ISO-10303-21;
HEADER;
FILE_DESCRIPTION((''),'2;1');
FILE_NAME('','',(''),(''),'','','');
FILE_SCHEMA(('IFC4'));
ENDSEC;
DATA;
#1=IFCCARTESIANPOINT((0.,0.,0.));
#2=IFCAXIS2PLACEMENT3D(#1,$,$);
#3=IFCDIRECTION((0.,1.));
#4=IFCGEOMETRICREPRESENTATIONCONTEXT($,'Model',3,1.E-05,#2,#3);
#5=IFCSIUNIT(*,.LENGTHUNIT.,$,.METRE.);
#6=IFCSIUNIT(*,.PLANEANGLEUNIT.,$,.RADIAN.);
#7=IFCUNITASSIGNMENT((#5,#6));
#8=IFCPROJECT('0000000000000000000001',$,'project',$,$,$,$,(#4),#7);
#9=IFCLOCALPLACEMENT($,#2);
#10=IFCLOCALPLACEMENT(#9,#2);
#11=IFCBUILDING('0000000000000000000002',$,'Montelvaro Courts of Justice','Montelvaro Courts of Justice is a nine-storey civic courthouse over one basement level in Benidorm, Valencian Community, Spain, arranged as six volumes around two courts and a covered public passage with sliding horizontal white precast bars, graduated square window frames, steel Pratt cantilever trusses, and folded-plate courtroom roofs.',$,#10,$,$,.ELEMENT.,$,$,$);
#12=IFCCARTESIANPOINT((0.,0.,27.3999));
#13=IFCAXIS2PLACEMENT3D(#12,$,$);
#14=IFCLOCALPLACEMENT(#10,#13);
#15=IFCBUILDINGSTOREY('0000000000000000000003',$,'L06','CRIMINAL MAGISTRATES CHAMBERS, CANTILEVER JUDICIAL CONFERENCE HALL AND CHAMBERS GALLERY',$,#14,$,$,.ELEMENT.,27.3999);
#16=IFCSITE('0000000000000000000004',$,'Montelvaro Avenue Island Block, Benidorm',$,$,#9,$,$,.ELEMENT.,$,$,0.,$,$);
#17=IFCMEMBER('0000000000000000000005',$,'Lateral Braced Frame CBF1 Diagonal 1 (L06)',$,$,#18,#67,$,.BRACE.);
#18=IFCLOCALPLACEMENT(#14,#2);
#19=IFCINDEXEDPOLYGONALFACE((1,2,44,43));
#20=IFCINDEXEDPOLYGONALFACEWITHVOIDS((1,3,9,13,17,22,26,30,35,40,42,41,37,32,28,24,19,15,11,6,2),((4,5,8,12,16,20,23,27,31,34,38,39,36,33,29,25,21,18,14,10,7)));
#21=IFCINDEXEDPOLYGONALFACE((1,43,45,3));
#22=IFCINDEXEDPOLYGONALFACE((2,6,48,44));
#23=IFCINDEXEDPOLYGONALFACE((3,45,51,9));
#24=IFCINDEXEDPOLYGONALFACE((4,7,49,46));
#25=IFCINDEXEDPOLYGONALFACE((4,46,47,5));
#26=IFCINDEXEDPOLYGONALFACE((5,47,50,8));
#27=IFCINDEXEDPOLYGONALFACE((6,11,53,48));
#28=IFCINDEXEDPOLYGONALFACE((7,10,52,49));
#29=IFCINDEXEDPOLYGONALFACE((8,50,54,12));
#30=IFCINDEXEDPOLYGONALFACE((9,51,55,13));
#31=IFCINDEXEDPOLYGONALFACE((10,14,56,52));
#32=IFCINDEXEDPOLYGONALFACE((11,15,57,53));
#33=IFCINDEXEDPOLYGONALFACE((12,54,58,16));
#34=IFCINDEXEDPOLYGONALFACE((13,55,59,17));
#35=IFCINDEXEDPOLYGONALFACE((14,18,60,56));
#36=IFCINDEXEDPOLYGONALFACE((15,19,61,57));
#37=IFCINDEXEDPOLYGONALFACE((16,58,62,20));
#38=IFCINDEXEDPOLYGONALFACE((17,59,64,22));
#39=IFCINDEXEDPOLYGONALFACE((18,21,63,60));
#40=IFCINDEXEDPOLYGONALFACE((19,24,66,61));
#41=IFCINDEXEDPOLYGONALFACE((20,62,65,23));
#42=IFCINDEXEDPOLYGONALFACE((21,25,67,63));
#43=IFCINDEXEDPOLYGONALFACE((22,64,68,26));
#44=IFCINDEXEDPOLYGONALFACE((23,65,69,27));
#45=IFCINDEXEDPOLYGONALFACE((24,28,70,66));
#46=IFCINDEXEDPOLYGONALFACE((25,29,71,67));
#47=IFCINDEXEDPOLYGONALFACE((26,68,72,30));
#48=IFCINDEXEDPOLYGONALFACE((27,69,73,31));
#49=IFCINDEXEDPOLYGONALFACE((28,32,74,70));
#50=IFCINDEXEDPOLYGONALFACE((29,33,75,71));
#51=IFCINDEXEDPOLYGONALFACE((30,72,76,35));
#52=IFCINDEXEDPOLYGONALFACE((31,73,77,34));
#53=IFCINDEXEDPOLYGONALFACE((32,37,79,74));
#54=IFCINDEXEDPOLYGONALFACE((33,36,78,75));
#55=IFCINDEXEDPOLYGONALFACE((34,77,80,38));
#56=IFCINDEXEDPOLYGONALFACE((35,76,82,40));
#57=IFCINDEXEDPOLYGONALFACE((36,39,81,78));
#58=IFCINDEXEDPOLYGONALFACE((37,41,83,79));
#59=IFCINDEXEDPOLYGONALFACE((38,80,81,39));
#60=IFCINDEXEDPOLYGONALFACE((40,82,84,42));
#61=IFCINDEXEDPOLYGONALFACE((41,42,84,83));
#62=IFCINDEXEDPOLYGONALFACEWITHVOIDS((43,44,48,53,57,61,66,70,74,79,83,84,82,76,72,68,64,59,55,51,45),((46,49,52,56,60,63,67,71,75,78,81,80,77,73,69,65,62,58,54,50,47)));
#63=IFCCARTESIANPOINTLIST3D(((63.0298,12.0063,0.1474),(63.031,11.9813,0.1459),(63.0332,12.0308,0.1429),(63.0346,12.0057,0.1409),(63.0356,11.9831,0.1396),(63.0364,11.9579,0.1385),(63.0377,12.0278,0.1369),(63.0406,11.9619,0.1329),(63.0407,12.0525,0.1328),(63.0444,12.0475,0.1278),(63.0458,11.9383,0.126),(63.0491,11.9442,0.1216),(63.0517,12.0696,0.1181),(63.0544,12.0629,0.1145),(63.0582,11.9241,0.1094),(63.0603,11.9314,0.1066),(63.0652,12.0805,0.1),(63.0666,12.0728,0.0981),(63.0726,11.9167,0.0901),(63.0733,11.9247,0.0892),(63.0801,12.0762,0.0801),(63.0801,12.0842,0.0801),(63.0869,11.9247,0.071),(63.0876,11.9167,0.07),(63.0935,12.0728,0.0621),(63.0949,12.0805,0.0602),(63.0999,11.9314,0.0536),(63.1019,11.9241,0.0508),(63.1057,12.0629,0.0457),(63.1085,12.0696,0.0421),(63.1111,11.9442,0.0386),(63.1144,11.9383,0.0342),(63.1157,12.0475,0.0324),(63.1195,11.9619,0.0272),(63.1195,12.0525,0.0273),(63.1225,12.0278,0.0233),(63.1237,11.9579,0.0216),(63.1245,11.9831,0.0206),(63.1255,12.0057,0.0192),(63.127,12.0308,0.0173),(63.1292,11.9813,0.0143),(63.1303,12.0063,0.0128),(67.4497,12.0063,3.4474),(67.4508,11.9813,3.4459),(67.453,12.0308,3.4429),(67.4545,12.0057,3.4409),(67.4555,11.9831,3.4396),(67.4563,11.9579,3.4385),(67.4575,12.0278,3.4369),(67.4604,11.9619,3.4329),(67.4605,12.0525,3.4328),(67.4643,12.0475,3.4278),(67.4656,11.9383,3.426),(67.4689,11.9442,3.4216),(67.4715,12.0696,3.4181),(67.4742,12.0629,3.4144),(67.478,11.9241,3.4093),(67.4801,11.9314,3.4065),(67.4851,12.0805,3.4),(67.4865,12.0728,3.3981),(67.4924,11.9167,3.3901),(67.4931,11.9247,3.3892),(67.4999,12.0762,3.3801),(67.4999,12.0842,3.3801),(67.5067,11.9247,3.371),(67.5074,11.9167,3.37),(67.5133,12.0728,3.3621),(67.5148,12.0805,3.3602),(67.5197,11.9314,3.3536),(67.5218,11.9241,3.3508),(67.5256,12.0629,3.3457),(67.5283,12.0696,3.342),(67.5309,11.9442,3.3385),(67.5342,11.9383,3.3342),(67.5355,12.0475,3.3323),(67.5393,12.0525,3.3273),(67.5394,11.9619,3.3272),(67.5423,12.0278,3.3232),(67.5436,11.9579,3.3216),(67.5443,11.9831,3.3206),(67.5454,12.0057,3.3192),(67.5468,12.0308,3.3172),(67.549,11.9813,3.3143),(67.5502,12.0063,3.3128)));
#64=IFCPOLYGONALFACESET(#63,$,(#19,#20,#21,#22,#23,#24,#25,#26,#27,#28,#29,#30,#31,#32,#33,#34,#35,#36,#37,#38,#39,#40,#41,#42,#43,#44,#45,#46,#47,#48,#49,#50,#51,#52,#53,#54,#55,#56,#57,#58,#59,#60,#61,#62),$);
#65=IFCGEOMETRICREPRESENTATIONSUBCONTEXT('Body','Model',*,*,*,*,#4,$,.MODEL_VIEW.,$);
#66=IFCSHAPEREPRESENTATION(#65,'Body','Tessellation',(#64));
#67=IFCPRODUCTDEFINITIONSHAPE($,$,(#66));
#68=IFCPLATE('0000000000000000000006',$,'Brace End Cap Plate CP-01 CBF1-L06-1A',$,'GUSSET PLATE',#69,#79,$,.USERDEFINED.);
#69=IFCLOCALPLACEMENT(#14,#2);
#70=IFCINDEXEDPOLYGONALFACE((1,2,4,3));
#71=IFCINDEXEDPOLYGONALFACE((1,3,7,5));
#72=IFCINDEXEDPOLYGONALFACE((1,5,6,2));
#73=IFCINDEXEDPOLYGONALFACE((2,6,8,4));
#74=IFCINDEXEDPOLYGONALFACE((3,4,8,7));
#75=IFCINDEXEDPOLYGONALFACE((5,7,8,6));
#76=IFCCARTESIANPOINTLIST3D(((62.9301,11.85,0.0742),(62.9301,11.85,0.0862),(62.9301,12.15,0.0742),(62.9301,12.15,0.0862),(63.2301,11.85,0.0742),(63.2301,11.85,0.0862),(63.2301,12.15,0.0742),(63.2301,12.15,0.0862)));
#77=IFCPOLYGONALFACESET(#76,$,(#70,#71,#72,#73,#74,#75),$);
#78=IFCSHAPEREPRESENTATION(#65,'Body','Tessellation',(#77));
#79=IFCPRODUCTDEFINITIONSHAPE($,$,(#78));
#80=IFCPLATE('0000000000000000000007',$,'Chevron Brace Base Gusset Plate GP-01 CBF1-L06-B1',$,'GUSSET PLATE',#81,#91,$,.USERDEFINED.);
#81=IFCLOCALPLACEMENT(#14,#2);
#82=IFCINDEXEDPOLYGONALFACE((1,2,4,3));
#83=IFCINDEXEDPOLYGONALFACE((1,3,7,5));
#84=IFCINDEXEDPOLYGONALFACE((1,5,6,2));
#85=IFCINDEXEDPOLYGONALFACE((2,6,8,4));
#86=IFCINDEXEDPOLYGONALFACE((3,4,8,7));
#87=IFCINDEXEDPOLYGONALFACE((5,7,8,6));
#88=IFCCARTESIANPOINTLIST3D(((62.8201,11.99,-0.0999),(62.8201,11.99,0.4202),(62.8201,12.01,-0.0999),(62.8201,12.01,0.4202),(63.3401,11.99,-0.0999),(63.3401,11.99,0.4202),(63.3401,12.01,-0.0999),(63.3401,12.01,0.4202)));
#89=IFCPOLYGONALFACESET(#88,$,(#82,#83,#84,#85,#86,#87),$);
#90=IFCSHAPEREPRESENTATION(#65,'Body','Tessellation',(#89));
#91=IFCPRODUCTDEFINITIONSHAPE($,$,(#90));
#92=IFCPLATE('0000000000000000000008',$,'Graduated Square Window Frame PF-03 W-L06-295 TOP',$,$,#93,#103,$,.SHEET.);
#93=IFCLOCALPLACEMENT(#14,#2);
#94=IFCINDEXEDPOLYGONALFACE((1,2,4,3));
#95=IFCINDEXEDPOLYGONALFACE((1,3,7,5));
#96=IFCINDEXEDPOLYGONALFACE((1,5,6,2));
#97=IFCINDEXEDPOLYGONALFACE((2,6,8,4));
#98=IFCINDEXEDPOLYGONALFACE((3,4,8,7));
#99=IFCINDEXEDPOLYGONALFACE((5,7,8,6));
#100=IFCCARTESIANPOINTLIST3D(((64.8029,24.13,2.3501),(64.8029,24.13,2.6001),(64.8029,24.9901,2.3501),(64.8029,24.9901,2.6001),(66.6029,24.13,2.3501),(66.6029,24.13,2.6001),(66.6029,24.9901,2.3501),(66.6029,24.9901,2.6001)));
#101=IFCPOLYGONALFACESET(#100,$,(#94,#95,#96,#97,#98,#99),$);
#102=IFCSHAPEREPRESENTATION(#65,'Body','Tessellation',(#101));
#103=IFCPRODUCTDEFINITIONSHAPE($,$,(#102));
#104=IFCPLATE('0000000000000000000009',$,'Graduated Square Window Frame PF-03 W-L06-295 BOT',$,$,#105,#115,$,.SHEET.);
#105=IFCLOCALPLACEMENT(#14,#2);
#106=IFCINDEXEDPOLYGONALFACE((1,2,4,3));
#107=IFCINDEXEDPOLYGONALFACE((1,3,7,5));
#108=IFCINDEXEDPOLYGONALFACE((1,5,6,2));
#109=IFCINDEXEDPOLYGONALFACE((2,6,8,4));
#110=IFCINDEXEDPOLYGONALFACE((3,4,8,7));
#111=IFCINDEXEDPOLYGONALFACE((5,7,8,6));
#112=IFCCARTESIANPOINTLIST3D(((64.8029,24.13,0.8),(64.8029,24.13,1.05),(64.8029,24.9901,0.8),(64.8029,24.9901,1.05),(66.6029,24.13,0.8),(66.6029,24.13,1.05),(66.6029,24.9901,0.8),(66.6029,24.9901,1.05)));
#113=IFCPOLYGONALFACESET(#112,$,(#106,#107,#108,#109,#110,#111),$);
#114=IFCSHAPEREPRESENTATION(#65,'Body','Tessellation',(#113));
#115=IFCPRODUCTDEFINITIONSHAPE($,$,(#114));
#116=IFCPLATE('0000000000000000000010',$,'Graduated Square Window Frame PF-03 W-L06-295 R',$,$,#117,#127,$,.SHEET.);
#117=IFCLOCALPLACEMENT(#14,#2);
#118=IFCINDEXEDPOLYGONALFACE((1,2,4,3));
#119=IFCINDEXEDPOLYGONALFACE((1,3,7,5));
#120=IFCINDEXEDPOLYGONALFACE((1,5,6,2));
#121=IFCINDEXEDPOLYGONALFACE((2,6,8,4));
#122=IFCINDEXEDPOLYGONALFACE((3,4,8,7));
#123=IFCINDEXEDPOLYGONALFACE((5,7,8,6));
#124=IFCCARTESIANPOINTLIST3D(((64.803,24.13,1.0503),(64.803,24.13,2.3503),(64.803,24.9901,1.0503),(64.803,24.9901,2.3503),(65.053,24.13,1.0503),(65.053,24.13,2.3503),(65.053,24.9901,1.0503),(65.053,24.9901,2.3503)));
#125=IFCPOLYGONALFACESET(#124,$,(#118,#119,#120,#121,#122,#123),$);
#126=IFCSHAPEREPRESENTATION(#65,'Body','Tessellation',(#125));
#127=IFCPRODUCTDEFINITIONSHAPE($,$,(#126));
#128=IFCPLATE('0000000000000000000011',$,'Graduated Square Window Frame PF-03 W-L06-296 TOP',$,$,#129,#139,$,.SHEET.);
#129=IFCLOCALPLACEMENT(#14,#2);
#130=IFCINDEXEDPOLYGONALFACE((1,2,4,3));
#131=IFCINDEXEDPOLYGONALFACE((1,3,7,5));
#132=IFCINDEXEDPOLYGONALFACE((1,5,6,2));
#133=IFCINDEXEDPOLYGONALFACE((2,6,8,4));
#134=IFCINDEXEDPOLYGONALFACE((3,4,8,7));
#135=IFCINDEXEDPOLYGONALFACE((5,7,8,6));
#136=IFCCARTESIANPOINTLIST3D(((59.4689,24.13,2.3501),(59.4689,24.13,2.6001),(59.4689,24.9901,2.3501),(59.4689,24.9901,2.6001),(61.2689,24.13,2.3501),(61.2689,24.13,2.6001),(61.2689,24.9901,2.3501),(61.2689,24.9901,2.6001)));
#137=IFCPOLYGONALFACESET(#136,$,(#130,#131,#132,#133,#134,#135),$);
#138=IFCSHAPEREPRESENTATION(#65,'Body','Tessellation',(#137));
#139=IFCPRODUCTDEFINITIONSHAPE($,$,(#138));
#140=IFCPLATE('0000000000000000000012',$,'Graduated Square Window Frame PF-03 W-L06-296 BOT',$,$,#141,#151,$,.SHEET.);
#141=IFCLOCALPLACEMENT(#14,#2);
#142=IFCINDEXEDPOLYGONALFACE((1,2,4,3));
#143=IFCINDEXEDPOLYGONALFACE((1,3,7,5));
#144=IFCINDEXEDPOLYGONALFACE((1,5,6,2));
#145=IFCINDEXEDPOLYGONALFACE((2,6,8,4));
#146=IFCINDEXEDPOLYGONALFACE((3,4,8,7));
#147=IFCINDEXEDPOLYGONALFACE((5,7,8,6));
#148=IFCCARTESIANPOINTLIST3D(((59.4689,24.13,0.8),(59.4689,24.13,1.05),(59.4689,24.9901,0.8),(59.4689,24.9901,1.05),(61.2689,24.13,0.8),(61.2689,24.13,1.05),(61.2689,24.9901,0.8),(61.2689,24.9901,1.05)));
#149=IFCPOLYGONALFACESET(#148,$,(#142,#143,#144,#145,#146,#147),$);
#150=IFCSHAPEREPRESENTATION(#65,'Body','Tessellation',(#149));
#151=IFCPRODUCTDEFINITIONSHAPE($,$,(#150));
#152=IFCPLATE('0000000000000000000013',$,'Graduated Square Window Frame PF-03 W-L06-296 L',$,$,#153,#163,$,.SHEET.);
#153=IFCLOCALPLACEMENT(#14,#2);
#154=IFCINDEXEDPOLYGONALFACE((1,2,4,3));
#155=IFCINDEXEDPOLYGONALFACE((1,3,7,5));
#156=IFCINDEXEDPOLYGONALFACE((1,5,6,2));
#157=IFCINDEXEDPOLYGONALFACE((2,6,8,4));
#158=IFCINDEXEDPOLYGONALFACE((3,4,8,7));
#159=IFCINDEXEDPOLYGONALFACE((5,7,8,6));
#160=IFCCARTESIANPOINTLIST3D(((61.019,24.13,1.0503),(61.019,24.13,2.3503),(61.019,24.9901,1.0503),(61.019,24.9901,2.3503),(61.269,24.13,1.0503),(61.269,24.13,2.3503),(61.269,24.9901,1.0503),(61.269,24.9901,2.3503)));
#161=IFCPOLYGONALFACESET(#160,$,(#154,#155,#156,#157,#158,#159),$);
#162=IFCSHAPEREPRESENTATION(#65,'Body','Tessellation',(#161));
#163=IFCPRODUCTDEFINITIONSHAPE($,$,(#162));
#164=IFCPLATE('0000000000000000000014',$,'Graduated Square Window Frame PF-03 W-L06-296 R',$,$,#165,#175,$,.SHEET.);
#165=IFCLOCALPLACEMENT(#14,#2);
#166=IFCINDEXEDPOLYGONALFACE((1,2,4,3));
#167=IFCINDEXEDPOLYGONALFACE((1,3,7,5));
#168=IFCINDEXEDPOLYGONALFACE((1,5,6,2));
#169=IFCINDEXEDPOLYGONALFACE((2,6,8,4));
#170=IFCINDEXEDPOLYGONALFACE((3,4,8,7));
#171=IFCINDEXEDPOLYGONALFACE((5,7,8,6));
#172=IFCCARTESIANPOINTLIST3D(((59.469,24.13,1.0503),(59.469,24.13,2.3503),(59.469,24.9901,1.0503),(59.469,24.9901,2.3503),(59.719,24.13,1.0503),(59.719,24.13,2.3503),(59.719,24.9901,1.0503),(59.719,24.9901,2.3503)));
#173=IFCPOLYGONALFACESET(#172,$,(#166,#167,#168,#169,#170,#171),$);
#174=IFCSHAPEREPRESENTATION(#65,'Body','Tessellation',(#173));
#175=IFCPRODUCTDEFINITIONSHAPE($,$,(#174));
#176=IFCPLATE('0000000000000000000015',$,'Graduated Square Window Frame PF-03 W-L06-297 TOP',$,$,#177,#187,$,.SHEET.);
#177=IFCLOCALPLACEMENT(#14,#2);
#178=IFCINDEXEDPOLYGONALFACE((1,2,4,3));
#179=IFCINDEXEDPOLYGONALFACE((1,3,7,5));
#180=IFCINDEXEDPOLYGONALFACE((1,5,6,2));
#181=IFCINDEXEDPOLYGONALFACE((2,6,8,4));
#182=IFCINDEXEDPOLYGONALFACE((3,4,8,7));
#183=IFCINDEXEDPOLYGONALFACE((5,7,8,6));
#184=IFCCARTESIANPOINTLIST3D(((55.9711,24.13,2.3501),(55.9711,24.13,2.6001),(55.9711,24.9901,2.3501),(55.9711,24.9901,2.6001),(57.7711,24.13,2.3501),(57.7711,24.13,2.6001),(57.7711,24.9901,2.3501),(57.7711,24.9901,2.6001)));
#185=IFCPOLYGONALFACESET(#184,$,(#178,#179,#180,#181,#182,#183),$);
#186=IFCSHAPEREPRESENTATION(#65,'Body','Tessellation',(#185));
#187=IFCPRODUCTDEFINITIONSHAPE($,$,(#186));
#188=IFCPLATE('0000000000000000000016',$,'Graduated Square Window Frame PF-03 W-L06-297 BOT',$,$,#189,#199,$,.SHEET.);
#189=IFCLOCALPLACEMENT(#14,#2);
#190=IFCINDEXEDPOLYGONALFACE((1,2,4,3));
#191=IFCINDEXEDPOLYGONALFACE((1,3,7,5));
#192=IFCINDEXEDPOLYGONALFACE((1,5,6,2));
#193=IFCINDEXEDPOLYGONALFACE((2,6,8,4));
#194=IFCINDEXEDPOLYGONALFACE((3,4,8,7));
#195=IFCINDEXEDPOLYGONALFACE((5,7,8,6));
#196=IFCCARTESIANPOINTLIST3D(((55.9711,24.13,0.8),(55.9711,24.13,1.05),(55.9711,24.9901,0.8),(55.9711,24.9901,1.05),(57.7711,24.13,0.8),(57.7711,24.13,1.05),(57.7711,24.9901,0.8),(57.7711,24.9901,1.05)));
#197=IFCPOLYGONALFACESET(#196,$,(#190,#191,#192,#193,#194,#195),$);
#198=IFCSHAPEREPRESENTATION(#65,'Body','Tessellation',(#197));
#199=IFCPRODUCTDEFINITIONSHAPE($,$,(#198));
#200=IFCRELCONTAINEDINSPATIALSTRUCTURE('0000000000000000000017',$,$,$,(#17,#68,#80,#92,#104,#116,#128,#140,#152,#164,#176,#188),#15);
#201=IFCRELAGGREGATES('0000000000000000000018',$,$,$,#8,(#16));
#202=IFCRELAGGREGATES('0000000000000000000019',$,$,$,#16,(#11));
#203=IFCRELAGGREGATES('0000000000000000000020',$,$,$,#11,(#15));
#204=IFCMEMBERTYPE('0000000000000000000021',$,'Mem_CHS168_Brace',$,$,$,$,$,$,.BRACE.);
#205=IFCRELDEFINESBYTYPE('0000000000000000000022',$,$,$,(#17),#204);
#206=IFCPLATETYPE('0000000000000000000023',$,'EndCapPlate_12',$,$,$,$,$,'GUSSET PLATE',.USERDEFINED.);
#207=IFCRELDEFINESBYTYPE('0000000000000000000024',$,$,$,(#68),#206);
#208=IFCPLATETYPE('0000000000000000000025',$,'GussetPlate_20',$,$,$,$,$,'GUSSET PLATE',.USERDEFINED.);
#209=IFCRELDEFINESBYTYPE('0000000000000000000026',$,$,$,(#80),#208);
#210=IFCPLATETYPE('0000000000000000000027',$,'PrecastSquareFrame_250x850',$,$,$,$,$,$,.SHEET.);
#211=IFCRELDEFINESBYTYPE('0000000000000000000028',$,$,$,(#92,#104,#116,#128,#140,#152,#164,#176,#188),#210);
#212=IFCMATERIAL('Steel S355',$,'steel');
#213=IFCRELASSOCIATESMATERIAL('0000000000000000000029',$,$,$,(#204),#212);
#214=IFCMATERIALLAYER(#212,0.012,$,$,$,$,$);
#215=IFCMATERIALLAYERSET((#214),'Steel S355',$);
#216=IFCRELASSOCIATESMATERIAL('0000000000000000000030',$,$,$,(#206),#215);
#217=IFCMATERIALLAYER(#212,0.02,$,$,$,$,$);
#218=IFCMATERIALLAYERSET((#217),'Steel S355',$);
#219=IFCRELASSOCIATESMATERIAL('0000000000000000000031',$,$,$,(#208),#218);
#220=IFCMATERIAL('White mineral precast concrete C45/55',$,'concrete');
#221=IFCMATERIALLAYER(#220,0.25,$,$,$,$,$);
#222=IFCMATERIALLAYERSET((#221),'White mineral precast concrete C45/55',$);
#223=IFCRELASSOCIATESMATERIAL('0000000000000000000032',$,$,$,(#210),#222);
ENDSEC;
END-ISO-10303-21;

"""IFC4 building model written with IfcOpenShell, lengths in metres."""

from ifc_helpers import new_model, si_unit, direction, frame, origin, origin_2d, place, context, subcontext, project, spatial, rectangle, hollow_circle, extrude, material, layer, layer_set, material_profile, profile_set, type_object, element, save


model = new_model("IFC4")

# Units and contexts
model_context = context("Model", 3, precision=1e-05, world=origin(), true_north=direction((0.0, 1.0)))
body_context = subcontext(model_context, "Body", "Model", "MODEL_VIEW")
ifc_project = project(units=[si_unit("LENGTHUNIT", "METRE"), si_unit("PLANEANGLEUNIT", "RADIAN")], contexts=[model_context])

# Site, building, storey
site_placement = place(None, origin())
site = spatial("IfcSite", under=ifc_project, at=site_placement, Name="Montelvaro Avenue Island Block, Benidorm", CompositionType="ELEMENT", RefElevation=0.0)
building_placement = place(site_placement, origin())
building = spatial("IfcBuilding", under=site, at=building_placement, Name="Montelvaro Courts of Justice", Description="Montelvaro Courts of Justice is a nine-storey civic courthouse over one basement level in Benidorm, Valencian Community, Spain, arranged as six volumes around two courts and a covered public passage with sliding horizontal white precast bars, graduated square window frames, steel Pratt cantilever trusses, and folded-plate courtroom roofs.", CompositionType="ELEMENT")
storey_placement = place(building_placement, frame((0.0, 0.0, 27.3999)))
storey = spatial("IfcBuildingStorey", under=building, at=storey_placement, Name="L06", Description="CRIMINAL MAGISTRATES CHAMBERS, CANTILEVER JUDICIAL CONFERENCE HALL AND CHAMBERS GALLERY", CompositionType="ELEMENT", Elevation=27.3999)

# Shared definitions
ifc_material_1 = material(Name="Steel S355", Category="steel")

# Member
ifc_material_profile_1 = material_profile(ifc_material_1, hollow_circle(Radius=0.0842, WallThickness=0.0081, at=origin_2d()), Name="CHS 168.3x8")
ifc_profile_set_1 = profile_set([ifc_material_profile_1], Name="Steel S355")
member_type = type_object("IfcMemberType", Name="Mem_CHS168_Brace", PredefinedType="BRACE", material=ifc_profile_set_1)
member_placement = place(storey_placement, frame((63.0801, 12.0, 0.0801), z_axis=(0.801294, 0.0, 0.598271), x_axis=(0.0, 1.0, 0.0)))
element("IfcMember", 1, at=member_placement, inside=storey, type_object=member_type, Name="Lateral Braced Frame CBF1 Diagonal 1 (L06)", PredefinedType="BRACE", context=body_context, shape_type="SweptSolid", body=[
    extrude(hollow_circle(Radius=0.0842, WallThickness=0.0081, at=origin_2d()), origin(), (0.0, 0.0, 1.0), 5.5159),
])

# Plates
ifc_layer_1 = layer(ifc_material_1, 0.012)
ifc_layer_set_1 = layer_set([ifc_layer_1], Name="Steel S355")
plate_type_1 = type_object("IfcPlateType", Name="EndCapPlate_12", ElementType="GUSSET PLATE", PredefinedType="USERDEFINED", material=ifc_layer_set_1)
plate_1_placement = place(storey_placement, frame((63.0801, 12.0, 0.0742), z_axis=(0.0, 0.0, 1.0), x_axis=(1.0, 0.0, 0.0)))
element("IfcPlate", 2, at=plate_1_placement, inside=storey, type_object=plate_type_1, Name="Brace End Cap Plate CP-01 CBF1-L06-1A", ObjectType="GUSSET PLATE", PredefinedType="USERDEFINED", context=body_context, shape_type="SweptSolid", body=[
    extrude(rectangle(XDim=0.3, YDim=0.3, at=origin_2d()), origin(), (0.0, 0.0, 1.0), 0.012),
])
ifc_layer_2 = layer(ifc_material_1, 0.02)
ifc_layer_set_2 = layer_set([ifc_layer_2], Name="Steel S355")
plate_type_2 = type_object("IfcPlateType", Name="GussetPlate_20", ElementType="GUSSET PLATE", PredefinedType="USERDEFINED", material=ifc_layer_set_2)
plate_2_placement = place(storey_placement, frame((63.0801, 12.0, -0.0999), z_axis=(0.0, 0.0, 1.0), x_axis=(1.0, 0.0, 0.0)))
element("IfcPlate", 3, at=plate_2_placement, inside=storey, type_object=plate_type_2, Name="Chevron Brace Base Gusset Plate GP-01 CBF1-L06-B1", ObjectType="GUSSET PLATE", PredefinedType="USERDEFINED", context=body_context, shape_type="SweptSolid", body=[
    extrude(rectangle(XDim=0.52, YDim=0.02, at=origin_2d()), origin(), (0.0, 0.0, 1.0), 0.52),
])
ifc_material_2 = material(Name="White mineral precast concrete C45/55", Category="concrete")
ifc_layer_3 = layer(ifc_material_2, 0.25)
ifc_layer_set_3 = layer_set([ifc_layer_3], Name="White mineral precast concrete C45/55")
plate_type_3 = type_object("IfcPlateType", Name="PrecastSquareFrame_250x850", PredefinedType="SHEET", material=ifc_layer_set_3)
for number, where, z_axis, x_axis, name in (
    (4, (65.7029, 24.5601, 2.3501), (0.0, 0.0, 1.0), (-1.0, 0.0, 0.0), "Graduated Square Window Frame PF-03 W-L06-295 TOP"),
    (5, (65.7029, 24.5601, 0.8), (0.0, 0.0, 1.0), (-1.0, 0.0, 0.0), "Graduated Square Window Frame PF-03 W-L06-295 BOT"),
):
    element("IfcPlate", number, at=place(storey_placement, frame(where, z_axis=z_axis, x_axis=x_axis)), inside=storey, type_object=plate_type_3, Name=name, PredefinedType="SHEET", context=body_context, shape_type="SweptSolid", body=[
        extrude(rectangle(XDim=1.8, YDim=0.8601, at=origin_2d()), origin(), (0.0, 0.0, 1.0), 0.25),
    ])
plate_3_placement = place(storey_placement, frame((64.928, 24.5601, 1.0503), z_axis=(0.0, 0.0, 1.0), x_axis=(-1.0, 0.0, 0.0)))
element("IfcPlate", 6, at=plate_3_placement, inside=storey, type_object=plate_type_3, Name="Graduated Square Window Frame PF-03 W-L06-295 R", PredefinedType="SHEET", context=body_context, shape_type="SweptSolid", body=[
    extrude(rectangle(XDim=0.25, YDim=0.8601, at=origin_2d()), origin(), (0.0, 0.0, 1.0), 1.3),
])
for number, where, z_axis, x_axis, name in (
    (7, (60.3689, 24.5601, 2.3501), (0.0, 0.0, 1.0), (-1.0, 0.0, 0.0), "Graduated Square Window Frame PF-03 W-L06-296 TOP"),
    (8, (60.3689, 24.5601, 0.8), (0.0, 0.0, 1.0), (-1.0, 0.0, 0.0), "Graduated Square Window Frame PF-03 W-L06-296 BOT"),
):
    element("IfcPlate", number, at=place(storey_placement, frame(where, z_axis=z_axis, x_axis=x_axis)), inside=storey, type_object=plate_type_3, Name=name, PredefinedType="SHEET", context=body_context, shape_type="SweptSolid", body=[
        extrude(rectangle(XDim=1.8, YDim=0.8601, at=origin_2d()), origin(), (0.0, 0.0, 1.0), 0.25),
    ])
for number, where, z_axis, x_axis, name in (
    (9, (61.144, 24.5601, 1.0503), (0.0, 0.0, 1.0), (-1.0, 0.0, 0.0), "Graduated Square Window Frame PF-03 W-L06-296 L"),
    (10, (59.594, 24.5601, 1.0503), (0.0, 0.0, 1.0), (-1.0, 0.0, 0.0), "Graduated Square Window Frame PF-03 W-L06-296 R"),
):
    element("IfcPlate", number, at=place(storey_placement, frame(where, z_axis=z_axis, x_axis=x_axis)), inside=storey, type_object=plate_type_3, Name=name, PredefinedType="SHEET", context=body_context, shape_type="SweptSolid", body=[
        extrude(rectangle(XDim=0.25, YDim=0.8601, at=origin_2d()), origin(), (0.0, 0.0, 1.0), 1.3),
    ])
for number, where, z_axis, x_axis, name in (
    (11, (56.8711, 24.5601, 2.3501), (0.0, 0.0, 1.0), (-1.0, 0.0, 0.0), "Graduated Square Window Frame PF-03 W-L06-297 TOP"),
    (12, (56.8711, 24.5601, 0.8), (0.0, 0.0, 1.0), (-1.0, 0.0, 0.0), "Graduated Square Window Frame PF-03 W-L06-297 BOT"),
):
    element("IfcPlate", number, at=place(storey_placement, frame(where, z_axis=z_axis, x_axis=x_axis)), inside=storey, type_object=plate_type_3, Name=name, PredefinedType="SHEET", context=body_context, shape_type="SweptSolid", body=[
        extrude(rectangle(XDim=1.8, YDim=0.8601, at=origin_2d()), origin(), (0.0, 0.0, 1.0), 0.25),
    ])

save(model, "model.ifc")
